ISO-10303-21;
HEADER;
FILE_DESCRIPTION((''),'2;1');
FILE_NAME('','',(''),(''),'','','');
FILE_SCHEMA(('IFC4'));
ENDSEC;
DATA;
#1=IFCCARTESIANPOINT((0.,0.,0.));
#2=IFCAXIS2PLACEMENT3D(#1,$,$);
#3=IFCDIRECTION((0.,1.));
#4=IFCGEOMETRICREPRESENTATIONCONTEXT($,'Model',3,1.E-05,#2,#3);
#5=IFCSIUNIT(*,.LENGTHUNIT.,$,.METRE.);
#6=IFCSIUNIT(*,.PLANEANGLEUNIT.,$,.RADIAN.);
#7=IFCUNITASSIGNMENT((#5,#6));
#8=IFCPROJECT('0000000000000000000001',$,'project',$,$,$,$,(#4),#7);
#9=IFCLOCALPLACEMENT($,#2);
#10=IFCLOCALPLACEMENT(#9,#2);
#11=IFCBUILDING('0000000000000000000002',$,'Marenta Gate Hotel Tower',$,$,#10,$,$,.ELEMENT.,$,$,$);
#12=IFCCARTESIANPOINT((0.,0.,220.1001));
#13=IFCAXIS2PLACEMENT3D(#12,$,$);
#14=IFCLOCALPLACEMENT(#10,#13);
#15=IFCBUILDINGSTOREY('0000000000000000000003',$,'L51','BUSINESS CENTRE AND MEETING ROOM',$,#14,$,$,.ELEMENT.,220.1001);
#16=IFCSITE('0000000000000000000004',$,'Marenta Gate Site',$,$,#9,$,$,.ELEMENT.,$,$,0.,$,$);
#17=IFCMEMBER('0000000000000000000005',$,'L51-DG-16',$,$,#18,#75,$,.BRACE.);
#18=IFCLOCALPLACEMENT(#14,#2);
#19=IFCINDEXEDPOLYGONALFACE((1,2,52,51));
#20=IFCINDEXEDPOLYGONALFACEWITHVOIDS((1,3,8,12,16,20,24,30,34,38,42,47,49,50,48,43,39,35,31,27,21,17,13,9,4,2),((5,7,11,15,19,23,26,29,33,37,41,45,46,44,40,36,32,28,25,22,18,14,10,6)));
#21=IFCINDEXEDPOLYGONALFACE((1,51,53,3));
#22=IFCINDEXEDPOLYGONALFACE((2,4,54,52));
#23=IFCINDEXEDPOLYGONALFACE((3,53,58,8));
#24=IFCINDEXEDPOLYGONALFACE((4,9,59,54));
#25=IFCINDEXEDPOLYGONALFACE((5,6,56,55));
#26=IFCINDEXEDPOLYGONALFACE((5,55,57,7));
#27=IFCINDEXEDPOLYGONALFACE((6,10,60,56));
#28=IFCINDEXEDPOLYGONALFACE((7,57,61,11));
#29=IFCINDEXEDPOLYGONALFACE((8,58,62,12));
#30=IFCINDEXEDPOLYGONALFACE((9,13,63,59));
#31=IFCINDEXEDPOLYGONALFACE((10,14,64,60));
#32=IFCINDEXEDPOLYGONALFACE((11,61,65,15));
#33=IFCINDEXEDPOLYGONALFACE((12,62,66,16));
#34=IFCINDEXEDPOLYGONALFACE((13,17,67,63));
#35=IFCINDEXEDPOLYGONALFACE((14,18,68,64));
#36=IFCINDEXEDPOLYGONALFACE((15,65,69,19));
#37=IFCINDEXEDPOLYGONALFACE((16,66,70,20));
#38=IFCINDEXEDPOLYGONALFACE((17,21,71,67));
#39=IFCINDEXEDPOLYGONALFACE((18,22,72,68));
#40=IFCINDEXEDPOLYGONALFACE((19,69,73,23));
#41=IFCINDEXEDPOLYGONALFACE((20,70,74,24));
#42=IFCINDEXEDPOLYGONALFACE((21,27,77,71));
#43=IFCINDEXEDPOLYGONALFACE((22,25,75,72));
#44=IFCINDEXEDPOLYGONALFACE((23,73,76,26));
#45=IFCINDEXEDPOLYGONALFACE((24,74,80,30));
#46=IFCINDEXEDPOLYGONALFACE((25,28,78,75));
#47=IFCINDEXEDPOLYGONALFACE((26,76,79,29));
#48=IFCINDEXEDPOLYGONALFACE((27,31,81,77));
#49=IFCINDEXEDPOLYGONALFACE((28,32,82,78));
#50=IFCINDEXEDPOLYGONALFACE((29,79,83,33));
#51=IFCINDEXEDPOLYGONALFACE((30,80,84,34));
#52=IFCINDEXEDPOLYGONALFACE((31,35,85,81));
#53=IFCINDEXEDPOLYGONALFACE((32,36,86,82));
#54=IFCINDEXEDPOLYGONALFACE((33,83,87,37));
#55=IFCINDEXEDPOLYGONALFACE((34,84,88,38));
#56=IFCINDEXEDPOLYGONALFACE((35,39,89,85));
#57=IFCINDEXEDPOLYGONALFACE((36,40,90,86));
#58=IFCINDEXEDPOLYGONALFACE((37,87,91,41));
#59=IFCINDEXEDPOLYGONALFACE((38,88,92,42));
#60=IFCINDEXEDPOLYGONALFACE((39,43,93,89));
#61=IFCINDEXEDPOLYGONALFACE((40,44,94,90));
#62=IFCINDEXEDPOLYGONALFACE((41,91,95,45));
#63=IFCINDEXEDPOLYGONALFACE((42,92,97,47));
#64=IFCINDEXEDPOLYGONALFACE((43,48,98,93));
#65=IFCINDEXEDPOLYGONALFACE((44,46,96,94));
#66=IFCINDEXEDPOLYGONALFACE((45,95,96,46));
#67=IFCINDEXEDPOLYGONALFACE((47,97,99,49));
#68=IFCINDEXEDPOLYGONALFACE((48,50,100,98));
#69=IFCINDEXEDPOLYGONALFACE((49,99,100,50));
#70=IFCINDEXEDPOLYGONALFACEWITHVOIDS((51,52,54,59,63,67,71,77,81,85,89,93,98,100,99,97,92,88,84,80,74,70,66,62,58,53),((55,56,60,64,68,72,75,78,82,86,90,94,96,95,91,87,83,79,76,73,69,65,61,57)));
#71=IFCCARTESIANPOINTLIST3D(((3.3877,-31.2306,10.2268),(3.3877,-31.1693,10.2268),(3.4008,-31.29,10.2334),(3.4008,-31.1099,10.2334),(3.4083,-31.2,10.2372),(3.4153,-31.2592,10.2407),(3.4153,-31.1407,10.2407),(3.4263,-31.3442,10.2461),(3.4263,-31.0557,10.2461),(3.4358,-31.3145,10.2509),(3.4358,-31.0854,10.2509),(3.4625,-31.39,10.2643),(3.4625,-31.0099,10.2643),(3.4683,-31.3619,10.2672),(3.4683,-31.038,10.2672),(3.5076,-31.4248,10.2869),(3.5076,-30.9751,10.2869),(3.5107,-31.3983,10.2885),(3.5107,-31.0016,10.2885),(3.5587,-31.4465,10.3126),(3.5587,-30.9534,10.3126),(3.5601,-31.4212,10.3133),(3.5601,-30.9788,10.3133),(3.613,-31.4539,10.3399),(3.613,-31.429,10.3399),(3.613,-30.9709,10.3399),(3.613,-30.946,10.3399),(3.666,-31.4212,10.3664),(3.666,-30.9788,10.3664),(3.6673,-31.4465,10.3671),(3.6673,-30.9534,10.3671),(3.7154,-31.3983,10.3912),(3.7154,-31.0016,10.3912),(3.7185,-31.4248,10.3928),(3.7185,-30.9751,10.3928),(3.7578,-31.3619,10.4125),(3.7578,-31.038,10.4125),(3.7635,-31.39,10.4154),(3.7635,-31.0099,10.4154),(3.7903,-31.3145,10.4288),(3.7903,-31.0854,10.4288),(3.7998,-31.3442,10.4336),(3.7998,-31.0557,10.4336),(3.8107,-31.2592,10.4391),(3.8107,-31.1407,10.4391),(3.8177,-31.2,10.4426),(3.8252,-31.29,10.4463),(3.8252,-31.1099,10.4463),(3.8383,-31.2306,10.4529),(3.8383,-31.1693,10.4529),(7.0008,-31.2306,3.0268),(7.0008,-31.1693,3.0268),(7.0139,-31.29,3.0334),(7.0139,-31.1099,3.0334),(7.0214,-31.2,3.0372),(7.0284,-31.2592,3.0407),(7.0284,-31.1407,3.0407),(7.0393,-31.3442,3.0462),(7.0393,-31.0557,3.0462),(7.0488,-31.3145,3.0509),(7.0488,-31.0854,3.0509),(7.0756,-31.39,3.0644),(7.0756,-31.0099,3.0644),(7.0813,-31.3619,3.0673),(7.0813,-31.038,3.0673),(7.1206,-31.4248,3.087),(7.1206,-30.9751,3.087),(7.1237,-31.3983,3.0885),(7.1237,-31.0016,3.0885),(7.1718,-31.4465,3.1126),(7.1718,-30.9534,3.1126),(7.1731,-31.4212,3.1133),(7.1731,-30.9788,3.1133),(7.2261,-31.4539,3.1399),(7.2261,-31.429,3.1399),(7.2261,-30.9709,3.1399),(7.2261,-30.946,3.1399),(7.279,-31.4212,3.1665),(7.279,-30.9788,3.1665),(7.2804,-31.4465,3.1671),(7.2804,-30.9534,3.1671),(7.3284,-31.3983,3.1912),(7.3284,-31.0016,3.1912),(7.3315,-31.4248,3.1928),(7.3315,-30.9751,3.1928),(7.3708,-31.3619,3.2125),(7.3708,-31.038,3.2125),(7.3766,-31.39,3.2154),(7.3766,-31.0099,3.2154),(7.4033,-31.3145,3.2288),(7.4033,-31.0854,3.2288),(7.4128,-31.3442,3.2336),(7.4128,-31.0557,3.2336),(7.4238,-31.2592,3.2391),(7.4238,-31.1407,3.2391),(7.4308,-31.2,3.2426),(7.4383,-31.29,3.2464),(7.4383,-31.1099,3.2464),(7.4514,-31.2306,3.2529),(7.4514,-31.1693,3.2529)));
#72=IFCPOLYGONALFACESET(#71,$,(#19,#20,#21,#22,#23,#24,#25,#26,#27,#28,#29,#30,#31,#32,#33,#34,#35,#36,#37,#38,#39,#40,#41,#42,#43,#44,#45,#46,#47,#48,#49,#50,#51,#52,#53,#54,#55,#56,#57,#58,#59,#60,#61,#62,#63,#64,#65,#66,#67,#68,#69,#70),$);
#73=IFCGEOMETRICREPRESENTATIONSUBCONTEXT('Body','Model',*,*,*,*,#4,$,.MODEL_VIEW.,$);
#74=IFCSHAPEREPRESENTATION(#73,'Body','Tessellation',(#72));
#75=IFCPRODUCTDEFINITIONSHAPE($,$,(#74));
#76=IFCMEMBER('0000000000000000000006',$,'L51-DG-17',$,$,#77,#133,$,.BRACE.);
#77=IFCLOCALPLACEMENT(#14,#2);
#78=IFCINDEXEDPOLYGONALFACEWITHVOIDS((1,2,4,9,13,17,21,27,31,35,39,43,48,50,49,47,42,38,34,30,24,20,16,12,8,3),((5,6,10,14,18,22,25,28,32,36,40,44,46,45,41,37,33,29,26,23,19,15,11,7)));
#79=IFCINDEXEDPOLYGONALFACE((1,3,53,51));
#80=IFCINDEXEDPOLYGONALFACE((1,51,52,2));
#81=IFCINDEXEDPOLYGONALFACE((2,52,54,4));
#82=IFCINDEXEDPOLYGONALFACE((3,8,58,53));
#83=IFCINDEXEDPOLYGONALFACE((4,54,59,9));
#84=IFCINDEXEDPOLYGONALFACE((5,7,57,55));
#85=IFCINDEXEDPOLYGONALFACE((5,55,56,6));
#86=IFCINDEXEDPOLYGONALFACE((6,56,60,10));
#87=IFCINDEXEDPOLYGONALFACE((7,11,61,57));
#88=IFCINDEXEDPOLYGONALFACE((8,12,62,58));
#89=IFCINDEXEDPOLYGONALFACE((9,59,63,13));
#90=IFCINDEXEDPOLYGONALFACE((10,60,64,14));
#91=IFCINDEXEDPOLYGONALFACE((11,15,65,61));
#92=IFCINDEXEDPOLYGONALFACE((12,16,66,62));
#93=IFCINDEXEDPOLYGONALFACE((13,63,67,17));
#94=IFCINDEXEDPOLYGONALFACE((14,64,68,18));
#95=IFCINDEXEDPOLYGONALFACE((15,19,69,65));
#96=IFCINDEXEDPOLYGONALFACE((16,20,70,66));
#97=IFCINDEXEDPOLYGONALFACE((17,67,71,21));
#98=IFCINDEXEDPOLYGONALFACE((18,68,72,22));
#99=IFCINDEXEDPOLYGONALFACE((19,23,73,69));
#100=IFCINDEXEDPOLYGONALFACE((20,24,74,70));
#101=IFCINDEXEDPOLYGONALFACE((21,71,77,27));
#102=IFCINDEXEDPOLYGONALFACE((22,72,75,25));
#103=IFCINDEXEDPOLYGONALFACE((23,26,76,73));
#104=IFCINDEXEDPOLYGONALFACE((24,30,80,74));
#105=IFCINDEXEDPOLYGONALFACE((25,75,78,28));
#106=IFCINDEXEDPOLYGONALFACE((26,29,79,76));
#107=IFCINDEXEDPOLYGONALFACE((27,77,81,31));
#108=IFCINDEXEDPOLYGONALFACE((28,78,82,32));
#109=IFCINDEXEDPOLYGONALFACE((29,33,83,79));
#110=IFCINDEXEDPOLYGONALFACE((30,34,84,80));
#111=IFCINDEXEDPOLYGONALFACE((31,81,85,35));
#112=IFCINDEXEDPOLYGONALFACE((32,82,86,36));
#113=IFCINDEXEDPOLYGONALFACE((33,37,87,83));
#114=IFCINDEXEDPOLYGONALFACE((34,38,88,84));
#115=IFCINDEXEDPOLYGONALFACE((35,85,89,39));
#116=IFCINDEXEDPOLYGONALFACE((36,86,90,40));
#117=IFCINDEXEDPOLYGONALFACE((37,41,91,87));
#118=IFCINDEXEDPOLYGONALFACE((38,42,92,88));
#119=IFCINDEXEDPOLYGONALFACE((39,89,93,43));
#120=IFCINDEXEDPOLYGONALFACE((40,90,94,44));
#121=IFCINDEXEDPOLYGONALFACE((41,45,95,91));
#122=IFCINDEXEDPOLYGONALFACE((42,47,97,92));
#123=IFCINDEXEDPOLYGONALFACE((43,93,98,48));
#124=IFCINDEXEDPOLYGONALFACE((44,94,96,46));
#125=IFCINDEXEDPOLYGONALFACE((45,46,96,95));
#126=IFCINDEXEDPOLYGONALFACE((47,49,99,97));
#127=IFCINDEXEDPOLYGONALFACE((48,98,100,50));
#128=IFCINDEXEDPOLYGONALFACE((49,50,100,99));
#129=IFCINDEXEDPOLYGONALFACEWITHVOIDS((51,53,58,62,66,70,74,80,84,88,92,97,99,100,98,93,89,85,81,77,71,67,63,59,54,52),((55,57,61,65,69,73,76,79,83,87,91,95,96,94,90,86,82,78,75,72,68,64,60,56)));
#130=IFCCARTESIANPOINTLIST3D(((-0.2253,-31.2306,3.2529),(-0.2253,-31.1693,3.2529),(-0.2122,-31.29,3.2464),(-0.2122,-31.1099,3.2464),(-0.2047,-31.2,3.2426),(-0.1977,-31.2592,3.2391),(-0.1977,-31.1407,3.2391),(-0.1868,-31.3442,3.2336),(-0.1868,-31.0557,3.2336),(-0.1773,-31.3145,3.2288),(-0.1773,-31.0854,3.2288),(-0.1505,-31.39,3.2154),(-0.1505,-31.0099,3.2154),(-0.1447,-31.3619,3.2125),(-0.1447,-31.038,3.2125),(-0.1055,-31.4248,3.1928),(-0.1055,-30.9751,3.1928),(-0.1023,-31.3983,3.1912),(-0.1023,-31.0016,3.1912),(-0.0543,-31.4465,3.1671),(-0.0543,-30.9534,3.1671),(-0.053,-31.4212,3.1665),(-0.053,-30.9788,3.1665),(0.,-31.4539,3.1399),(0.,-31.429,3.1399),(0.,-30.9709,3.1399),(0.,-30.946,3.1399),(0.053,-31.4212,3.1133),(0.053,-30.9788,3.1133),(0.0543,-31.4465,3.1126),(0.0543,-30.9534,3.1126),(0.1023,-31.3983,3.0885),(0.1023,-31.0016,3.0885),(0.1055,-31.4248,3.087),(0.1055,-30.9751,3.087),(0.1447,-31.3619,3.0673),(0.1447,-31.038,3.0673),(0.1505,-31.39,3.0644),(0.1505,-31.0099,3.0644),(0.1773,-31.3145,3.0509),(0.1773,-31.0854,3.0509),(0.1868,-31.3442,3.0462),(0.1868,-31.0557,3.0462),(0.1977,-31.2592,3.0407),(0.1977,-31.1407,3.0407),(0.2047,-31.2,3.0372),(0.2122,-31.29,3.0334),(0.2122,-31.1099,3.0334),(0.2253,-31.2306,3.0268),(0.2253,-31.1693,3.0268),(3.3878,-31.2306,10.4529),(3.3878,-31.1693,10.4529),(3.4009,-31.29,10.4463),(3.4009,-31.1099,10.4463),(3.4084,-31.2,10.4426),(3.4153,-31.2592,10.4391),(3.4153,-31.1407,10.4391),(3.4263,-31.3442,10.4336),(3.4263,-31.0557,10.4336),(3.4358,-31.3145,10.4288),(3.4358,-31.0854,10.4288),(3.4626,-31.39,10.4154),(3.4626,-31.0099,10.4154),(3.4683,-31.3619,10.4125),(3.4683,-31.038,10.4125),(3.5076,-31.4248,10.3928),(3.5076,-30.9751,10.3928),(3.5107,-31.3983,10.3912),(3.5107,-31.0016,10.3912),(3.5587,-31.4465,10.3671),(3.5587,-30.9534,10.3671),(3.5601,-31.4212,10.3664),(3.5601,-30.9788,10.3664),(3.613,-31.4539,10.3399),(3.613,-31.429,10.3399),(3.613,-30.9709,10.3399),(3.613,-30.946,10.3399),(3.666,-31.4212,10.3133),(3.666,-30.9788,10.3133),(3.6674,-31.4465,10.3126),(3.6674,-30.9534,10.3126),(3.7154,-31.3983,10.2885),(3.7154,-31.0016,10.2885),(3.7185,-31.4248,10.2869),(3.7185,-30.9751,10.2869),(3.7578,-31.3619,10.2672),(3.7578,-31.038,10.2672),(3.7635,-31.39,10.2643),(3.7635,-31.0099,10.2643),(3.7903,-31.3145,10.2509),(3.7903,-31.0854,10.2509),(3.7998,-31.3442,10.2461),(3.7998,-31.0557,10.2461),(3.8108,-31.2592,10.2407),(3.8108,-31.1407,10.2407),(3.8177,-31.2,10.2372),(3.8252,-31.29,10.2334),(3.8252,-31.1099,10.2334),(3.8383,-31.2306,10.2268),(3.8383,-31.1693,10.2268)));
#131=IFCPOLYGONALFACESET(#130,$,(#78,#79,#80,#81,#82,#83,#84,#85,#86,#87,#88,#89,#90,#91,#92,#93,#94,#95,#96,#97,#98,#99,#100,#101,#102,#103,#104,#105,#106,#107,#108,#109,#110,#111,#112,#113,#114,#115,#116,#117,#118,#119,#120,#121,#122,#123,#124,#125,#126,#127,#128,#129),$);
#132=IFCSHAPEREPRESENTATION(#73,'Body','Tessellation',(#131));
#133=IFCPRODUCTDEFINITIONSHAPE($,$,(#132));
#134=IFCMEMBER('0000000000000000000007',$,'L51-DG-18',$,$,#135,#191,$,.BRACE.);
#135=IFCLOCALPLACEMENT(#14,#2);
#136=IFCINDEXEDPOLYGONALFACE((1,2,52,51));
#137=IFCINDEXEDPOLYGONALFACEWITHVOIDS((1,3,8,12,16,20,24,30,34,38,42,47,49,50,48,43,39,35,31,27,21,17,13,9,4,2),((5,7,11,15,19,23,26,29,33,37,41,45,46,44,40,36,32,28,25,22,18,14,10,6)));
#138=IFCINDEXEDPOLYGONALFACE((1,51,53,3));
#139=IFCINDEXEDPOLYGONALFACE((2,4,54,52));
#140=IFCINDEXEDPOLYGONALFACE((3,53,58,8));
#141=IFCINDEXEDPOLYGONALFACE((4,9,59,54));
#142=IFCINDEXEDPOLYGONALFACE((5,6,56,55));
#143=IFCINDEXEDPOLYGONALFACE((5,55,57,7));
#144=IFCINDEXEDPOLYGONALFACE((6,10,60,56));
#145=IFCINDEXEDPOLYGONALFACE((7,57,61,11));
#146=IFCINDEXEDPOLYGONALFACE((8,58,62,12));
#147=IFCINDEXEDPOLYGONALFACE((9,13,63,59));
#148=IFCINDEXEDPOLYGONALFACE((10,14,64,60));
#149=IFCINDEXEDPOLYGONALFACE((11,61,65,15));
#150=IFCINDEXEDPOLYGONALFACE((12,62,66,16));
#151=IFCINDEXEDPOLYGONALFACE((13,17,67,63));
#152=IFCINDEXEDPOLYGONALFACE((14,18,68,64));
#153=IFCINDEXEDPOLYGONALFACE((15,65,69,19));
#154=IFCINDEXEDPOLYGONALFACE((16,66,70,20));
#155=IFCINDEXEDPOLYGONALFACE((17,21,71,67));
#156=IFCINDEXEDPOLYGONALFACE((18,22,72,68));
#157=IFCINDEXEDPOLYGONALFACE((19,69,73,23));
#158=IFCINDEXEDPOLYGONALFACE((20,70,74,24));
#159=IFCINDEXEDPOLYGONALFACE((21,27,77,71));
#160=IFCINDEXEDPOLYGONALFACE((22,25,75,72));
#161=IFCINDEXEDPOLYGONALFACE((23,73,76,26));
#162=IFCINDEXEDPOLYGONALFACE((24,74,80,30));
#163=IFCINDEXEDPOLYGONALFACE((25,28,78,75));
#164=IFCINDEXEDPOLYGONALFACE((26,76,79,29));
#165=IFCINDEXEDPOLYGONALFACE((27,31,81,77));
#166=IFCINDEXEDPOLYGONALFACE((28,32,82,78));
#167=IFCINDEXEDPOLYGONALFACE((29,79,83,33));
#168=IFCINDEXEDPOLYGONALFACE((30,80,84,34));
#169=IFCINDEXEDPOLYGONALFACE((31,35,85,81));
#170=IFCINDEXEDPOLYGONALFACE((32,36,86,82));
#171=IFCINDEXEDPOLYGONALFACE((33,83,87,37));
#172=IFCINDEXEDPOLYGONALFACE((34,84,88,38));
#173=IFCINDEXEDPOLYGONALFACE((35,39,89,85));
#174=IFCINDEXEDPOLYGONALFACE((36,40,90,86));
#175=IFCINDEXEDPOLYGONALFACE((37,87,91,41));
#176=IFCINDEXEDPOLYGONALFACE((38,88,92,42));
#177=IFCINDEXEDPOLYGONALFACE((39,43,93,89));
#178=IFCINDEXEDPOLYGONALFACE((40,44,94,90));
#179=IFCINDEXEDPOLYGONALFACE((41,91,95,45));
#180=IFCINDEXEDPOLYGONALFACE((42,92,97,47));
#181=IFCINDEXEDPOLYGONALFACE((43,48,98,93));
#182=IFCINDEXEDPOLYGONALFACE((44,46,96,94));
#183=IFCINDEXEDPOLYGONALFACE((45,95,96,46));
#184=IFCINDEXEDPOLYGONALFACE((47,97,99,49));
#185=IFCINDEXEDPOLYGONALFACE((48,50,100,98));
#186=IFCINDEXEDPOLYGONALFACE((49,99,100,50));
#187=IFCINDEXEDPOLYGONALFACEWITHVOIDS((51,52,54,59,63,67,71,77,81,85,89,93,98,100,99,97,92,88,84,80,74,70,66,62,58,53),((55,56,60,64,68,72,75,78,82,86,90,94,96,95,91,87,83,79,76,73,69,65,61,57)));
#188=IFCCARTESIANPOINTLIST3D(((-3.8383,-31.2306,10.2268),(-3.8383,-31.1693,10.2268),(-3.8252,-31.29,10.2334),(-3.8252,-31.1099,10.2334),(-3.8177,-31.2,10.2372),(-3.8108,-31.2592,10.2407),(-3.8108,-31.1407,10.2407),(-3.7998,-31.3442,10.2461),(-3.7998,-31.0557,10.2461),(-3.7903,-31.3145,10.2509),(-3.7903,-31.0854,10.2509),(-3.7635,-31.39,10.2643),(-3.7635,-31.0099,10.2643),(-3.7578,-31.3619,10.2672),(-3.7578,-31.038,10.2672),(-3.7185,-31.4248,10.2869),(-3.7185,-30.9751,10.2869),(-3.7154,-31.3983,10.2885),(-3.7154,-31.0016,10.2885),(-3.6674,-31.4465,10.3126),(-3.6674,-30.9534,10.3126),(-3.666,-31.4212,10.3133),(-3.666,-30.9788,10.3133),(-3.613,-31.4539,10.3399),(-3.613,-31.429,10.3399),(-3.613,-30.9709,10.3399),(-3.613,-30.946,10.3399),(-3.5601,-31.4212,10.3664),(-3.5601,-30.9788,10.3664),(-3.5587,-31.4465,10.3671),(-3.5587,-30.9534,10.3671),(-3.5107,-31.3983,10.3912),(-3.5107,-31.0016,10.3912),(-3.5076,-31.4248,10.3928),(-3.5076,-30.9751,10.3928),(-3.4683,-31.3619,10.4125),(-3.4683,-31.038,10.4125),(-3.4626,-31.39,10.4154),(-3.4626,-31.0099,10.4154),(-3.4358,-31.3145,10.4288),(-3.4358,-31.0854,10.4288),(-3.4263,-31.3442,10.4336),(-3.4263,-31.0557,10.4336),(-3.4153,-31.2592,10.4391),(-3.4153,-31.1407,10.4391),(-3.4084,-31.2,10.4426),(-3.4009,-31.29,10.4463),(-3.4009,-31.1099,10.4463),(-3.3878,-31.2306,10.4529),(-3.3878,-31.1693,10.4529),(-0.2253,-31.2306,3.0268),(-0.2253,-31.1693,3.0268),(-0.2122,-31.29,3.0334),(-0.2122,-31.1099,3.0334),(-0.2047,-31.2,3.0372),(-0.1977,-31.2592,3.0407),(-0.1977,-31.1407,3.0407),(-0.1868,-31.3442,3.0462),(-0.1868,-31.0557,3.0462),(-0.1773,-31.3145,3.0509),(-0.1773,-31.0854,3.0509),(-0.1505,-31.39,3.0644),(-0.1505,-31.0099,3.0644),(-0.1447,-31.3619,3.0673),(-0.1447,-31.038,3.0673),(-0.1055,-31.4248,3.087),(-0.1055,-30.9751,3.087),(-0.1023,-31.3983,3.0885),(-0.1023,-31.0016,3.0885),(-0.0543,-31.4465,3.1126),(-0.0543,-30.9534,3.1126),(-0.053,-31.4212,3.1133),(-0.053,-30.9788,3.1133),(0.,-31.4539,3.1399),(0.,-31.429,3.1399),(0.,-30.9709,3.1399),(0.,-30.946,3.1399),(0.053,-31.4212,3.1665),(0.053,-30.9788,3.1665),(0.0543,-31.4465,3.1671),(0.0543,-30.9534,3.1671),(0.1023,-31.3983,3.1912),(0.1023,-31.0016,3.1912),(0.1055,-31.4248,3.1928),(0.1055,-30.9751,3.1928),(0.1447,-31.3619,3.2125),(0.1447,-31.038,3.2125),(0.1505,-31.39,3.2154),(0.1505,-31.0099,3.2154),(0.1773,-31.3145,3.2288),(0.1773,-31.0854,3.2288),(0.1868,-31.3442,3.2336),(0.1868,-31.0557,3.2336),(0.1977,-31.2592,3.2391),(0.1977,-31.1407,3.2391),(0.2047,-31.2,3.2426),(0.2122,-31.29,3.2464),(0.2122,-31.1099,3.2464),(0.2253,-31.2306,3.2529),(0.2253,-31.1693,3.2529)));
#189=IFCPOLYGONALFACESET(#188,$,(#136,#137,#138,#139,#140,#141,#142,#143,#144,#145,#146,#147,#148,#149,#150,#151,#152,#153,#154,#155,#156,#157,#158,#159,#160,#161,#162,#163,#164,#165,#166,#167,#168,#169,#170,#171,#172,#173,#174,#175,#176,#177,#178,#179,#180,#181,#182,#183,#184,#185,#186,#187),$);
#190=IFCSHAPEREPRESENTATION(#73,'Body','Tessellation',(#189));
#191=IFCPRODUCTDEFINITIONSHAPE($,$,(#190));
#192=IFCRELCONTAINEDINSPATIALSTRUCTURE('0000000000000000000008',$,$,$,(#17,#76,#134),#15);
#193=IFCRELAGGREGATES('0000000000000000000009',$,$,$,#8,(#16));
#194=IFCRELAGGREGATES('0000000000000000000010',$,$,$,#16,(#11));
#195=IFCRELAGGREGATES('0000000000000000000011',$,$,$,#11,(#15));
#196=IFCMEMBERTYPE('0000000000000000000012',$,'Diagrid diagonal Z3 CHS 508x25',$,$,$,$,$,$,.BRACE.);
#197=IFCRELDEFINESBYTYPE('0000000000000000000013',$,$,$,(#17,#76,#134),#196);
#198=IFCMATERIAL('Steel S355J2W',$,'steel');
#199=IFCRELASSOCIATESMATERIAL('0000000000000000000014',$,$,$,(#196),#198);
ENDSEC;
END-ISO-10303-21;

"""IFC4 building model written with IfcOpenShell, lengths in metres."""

from ifc_helpers import new_model, si_unit, direction, frame, origin, origin_2d, place, context, subcontext, project, spatial, hollow_circle, extrude, material, material_profile, profile_set, type_object, element, save


model = new_model("IFC4")

# Units and contexts
model_context = context("Model", 3, precision=1e-05, world=origin(), true_north=direction((0.0, 1.0)))
body_context = subcontext(model_context, "Body", "Model", "MODEL_VIEW")
ifc_project = project(units=[si_unit("LENGTHUNIT", "METRE"), si_unit("PLANEANGLEUNIT", "RADIAN")], contexts=[model_context])

# Site, building, storey
site_placement = place(None, origin())
site = spatial("IfcSite", under=ifc_project, at=site_placement, Name="Marenta Gate Site", CompositionType="ELEMENT", RefElevation=0.0)
building_placement = place(site_placement, origin())
building = spatial("IfcBuilding", under=site, at=building_placement, Name="Marenta Gate Hotel Tower", CompositionType="ELEMENT")
storey_placement = place(building_placement, frame((0.0, 0.0, 220.1001)))
storey = spatial("IfcBuildingStorey", under=building, at=storey_placement, Name="L51", Description="BUSINESS CENTRE AND MEETING ROOM", CompositionType="ELEMENT", Elevation=220.1001)

# Members
ifc_material_1 = material(Name="Steel S355J2W", Category="steel")
ifc_material_profile_1 = material_profile(ifc_material_1, hollow_circle(Radius=0.2539, WallThickness=0.0249, at=origin_2d()), Name="CHS 508x25")
ifc_profile_set_1 = profile_set([ifc_material_profile_1], Name="Steel S355J2W")
member_type_1 = type_object("IfcMemberType", Name="Diagrid diagonal Z3 CHS 508x25", PredefinedType="BRACE", material=ifc_profile_set_1)
for number, where, z_axis, x_axis, name in (
    (1, (7.2261, -31.2, 3.1399), (-0.44851, 0.0, 0.893778), (0.0, -1.0, 0.0), "L51-DG-16"),
    (2, (0.0, -31.2, 3.1399), (0.44851, 0.0, 0.893778), (0.0, 1.0, 0.0), "L51-DG-17"),
    (3, (0.0, -31.2, 3.1399), (-0.44851, 0.0, 0.893778), (0.0, -1.0, 0.0), "L51-DG-18"),
):
    element("IfcMember", number, at=place(storey_placement, frame(where, z_axis=z_axis, x_axis=x_axis)), inside=storey, type_object=member_type_1, Name=name, PredefinedType="BRACE", context=body_context, shape_type="SweptSolid", body=[
        extrude(hollow_circle(Radius=0.2539, WallThickness=0.0249, at=origin_2d()), origin(), (0.0, 0.0, 1.0), 8.0557),
    ])

save(model, "model.ifc")
